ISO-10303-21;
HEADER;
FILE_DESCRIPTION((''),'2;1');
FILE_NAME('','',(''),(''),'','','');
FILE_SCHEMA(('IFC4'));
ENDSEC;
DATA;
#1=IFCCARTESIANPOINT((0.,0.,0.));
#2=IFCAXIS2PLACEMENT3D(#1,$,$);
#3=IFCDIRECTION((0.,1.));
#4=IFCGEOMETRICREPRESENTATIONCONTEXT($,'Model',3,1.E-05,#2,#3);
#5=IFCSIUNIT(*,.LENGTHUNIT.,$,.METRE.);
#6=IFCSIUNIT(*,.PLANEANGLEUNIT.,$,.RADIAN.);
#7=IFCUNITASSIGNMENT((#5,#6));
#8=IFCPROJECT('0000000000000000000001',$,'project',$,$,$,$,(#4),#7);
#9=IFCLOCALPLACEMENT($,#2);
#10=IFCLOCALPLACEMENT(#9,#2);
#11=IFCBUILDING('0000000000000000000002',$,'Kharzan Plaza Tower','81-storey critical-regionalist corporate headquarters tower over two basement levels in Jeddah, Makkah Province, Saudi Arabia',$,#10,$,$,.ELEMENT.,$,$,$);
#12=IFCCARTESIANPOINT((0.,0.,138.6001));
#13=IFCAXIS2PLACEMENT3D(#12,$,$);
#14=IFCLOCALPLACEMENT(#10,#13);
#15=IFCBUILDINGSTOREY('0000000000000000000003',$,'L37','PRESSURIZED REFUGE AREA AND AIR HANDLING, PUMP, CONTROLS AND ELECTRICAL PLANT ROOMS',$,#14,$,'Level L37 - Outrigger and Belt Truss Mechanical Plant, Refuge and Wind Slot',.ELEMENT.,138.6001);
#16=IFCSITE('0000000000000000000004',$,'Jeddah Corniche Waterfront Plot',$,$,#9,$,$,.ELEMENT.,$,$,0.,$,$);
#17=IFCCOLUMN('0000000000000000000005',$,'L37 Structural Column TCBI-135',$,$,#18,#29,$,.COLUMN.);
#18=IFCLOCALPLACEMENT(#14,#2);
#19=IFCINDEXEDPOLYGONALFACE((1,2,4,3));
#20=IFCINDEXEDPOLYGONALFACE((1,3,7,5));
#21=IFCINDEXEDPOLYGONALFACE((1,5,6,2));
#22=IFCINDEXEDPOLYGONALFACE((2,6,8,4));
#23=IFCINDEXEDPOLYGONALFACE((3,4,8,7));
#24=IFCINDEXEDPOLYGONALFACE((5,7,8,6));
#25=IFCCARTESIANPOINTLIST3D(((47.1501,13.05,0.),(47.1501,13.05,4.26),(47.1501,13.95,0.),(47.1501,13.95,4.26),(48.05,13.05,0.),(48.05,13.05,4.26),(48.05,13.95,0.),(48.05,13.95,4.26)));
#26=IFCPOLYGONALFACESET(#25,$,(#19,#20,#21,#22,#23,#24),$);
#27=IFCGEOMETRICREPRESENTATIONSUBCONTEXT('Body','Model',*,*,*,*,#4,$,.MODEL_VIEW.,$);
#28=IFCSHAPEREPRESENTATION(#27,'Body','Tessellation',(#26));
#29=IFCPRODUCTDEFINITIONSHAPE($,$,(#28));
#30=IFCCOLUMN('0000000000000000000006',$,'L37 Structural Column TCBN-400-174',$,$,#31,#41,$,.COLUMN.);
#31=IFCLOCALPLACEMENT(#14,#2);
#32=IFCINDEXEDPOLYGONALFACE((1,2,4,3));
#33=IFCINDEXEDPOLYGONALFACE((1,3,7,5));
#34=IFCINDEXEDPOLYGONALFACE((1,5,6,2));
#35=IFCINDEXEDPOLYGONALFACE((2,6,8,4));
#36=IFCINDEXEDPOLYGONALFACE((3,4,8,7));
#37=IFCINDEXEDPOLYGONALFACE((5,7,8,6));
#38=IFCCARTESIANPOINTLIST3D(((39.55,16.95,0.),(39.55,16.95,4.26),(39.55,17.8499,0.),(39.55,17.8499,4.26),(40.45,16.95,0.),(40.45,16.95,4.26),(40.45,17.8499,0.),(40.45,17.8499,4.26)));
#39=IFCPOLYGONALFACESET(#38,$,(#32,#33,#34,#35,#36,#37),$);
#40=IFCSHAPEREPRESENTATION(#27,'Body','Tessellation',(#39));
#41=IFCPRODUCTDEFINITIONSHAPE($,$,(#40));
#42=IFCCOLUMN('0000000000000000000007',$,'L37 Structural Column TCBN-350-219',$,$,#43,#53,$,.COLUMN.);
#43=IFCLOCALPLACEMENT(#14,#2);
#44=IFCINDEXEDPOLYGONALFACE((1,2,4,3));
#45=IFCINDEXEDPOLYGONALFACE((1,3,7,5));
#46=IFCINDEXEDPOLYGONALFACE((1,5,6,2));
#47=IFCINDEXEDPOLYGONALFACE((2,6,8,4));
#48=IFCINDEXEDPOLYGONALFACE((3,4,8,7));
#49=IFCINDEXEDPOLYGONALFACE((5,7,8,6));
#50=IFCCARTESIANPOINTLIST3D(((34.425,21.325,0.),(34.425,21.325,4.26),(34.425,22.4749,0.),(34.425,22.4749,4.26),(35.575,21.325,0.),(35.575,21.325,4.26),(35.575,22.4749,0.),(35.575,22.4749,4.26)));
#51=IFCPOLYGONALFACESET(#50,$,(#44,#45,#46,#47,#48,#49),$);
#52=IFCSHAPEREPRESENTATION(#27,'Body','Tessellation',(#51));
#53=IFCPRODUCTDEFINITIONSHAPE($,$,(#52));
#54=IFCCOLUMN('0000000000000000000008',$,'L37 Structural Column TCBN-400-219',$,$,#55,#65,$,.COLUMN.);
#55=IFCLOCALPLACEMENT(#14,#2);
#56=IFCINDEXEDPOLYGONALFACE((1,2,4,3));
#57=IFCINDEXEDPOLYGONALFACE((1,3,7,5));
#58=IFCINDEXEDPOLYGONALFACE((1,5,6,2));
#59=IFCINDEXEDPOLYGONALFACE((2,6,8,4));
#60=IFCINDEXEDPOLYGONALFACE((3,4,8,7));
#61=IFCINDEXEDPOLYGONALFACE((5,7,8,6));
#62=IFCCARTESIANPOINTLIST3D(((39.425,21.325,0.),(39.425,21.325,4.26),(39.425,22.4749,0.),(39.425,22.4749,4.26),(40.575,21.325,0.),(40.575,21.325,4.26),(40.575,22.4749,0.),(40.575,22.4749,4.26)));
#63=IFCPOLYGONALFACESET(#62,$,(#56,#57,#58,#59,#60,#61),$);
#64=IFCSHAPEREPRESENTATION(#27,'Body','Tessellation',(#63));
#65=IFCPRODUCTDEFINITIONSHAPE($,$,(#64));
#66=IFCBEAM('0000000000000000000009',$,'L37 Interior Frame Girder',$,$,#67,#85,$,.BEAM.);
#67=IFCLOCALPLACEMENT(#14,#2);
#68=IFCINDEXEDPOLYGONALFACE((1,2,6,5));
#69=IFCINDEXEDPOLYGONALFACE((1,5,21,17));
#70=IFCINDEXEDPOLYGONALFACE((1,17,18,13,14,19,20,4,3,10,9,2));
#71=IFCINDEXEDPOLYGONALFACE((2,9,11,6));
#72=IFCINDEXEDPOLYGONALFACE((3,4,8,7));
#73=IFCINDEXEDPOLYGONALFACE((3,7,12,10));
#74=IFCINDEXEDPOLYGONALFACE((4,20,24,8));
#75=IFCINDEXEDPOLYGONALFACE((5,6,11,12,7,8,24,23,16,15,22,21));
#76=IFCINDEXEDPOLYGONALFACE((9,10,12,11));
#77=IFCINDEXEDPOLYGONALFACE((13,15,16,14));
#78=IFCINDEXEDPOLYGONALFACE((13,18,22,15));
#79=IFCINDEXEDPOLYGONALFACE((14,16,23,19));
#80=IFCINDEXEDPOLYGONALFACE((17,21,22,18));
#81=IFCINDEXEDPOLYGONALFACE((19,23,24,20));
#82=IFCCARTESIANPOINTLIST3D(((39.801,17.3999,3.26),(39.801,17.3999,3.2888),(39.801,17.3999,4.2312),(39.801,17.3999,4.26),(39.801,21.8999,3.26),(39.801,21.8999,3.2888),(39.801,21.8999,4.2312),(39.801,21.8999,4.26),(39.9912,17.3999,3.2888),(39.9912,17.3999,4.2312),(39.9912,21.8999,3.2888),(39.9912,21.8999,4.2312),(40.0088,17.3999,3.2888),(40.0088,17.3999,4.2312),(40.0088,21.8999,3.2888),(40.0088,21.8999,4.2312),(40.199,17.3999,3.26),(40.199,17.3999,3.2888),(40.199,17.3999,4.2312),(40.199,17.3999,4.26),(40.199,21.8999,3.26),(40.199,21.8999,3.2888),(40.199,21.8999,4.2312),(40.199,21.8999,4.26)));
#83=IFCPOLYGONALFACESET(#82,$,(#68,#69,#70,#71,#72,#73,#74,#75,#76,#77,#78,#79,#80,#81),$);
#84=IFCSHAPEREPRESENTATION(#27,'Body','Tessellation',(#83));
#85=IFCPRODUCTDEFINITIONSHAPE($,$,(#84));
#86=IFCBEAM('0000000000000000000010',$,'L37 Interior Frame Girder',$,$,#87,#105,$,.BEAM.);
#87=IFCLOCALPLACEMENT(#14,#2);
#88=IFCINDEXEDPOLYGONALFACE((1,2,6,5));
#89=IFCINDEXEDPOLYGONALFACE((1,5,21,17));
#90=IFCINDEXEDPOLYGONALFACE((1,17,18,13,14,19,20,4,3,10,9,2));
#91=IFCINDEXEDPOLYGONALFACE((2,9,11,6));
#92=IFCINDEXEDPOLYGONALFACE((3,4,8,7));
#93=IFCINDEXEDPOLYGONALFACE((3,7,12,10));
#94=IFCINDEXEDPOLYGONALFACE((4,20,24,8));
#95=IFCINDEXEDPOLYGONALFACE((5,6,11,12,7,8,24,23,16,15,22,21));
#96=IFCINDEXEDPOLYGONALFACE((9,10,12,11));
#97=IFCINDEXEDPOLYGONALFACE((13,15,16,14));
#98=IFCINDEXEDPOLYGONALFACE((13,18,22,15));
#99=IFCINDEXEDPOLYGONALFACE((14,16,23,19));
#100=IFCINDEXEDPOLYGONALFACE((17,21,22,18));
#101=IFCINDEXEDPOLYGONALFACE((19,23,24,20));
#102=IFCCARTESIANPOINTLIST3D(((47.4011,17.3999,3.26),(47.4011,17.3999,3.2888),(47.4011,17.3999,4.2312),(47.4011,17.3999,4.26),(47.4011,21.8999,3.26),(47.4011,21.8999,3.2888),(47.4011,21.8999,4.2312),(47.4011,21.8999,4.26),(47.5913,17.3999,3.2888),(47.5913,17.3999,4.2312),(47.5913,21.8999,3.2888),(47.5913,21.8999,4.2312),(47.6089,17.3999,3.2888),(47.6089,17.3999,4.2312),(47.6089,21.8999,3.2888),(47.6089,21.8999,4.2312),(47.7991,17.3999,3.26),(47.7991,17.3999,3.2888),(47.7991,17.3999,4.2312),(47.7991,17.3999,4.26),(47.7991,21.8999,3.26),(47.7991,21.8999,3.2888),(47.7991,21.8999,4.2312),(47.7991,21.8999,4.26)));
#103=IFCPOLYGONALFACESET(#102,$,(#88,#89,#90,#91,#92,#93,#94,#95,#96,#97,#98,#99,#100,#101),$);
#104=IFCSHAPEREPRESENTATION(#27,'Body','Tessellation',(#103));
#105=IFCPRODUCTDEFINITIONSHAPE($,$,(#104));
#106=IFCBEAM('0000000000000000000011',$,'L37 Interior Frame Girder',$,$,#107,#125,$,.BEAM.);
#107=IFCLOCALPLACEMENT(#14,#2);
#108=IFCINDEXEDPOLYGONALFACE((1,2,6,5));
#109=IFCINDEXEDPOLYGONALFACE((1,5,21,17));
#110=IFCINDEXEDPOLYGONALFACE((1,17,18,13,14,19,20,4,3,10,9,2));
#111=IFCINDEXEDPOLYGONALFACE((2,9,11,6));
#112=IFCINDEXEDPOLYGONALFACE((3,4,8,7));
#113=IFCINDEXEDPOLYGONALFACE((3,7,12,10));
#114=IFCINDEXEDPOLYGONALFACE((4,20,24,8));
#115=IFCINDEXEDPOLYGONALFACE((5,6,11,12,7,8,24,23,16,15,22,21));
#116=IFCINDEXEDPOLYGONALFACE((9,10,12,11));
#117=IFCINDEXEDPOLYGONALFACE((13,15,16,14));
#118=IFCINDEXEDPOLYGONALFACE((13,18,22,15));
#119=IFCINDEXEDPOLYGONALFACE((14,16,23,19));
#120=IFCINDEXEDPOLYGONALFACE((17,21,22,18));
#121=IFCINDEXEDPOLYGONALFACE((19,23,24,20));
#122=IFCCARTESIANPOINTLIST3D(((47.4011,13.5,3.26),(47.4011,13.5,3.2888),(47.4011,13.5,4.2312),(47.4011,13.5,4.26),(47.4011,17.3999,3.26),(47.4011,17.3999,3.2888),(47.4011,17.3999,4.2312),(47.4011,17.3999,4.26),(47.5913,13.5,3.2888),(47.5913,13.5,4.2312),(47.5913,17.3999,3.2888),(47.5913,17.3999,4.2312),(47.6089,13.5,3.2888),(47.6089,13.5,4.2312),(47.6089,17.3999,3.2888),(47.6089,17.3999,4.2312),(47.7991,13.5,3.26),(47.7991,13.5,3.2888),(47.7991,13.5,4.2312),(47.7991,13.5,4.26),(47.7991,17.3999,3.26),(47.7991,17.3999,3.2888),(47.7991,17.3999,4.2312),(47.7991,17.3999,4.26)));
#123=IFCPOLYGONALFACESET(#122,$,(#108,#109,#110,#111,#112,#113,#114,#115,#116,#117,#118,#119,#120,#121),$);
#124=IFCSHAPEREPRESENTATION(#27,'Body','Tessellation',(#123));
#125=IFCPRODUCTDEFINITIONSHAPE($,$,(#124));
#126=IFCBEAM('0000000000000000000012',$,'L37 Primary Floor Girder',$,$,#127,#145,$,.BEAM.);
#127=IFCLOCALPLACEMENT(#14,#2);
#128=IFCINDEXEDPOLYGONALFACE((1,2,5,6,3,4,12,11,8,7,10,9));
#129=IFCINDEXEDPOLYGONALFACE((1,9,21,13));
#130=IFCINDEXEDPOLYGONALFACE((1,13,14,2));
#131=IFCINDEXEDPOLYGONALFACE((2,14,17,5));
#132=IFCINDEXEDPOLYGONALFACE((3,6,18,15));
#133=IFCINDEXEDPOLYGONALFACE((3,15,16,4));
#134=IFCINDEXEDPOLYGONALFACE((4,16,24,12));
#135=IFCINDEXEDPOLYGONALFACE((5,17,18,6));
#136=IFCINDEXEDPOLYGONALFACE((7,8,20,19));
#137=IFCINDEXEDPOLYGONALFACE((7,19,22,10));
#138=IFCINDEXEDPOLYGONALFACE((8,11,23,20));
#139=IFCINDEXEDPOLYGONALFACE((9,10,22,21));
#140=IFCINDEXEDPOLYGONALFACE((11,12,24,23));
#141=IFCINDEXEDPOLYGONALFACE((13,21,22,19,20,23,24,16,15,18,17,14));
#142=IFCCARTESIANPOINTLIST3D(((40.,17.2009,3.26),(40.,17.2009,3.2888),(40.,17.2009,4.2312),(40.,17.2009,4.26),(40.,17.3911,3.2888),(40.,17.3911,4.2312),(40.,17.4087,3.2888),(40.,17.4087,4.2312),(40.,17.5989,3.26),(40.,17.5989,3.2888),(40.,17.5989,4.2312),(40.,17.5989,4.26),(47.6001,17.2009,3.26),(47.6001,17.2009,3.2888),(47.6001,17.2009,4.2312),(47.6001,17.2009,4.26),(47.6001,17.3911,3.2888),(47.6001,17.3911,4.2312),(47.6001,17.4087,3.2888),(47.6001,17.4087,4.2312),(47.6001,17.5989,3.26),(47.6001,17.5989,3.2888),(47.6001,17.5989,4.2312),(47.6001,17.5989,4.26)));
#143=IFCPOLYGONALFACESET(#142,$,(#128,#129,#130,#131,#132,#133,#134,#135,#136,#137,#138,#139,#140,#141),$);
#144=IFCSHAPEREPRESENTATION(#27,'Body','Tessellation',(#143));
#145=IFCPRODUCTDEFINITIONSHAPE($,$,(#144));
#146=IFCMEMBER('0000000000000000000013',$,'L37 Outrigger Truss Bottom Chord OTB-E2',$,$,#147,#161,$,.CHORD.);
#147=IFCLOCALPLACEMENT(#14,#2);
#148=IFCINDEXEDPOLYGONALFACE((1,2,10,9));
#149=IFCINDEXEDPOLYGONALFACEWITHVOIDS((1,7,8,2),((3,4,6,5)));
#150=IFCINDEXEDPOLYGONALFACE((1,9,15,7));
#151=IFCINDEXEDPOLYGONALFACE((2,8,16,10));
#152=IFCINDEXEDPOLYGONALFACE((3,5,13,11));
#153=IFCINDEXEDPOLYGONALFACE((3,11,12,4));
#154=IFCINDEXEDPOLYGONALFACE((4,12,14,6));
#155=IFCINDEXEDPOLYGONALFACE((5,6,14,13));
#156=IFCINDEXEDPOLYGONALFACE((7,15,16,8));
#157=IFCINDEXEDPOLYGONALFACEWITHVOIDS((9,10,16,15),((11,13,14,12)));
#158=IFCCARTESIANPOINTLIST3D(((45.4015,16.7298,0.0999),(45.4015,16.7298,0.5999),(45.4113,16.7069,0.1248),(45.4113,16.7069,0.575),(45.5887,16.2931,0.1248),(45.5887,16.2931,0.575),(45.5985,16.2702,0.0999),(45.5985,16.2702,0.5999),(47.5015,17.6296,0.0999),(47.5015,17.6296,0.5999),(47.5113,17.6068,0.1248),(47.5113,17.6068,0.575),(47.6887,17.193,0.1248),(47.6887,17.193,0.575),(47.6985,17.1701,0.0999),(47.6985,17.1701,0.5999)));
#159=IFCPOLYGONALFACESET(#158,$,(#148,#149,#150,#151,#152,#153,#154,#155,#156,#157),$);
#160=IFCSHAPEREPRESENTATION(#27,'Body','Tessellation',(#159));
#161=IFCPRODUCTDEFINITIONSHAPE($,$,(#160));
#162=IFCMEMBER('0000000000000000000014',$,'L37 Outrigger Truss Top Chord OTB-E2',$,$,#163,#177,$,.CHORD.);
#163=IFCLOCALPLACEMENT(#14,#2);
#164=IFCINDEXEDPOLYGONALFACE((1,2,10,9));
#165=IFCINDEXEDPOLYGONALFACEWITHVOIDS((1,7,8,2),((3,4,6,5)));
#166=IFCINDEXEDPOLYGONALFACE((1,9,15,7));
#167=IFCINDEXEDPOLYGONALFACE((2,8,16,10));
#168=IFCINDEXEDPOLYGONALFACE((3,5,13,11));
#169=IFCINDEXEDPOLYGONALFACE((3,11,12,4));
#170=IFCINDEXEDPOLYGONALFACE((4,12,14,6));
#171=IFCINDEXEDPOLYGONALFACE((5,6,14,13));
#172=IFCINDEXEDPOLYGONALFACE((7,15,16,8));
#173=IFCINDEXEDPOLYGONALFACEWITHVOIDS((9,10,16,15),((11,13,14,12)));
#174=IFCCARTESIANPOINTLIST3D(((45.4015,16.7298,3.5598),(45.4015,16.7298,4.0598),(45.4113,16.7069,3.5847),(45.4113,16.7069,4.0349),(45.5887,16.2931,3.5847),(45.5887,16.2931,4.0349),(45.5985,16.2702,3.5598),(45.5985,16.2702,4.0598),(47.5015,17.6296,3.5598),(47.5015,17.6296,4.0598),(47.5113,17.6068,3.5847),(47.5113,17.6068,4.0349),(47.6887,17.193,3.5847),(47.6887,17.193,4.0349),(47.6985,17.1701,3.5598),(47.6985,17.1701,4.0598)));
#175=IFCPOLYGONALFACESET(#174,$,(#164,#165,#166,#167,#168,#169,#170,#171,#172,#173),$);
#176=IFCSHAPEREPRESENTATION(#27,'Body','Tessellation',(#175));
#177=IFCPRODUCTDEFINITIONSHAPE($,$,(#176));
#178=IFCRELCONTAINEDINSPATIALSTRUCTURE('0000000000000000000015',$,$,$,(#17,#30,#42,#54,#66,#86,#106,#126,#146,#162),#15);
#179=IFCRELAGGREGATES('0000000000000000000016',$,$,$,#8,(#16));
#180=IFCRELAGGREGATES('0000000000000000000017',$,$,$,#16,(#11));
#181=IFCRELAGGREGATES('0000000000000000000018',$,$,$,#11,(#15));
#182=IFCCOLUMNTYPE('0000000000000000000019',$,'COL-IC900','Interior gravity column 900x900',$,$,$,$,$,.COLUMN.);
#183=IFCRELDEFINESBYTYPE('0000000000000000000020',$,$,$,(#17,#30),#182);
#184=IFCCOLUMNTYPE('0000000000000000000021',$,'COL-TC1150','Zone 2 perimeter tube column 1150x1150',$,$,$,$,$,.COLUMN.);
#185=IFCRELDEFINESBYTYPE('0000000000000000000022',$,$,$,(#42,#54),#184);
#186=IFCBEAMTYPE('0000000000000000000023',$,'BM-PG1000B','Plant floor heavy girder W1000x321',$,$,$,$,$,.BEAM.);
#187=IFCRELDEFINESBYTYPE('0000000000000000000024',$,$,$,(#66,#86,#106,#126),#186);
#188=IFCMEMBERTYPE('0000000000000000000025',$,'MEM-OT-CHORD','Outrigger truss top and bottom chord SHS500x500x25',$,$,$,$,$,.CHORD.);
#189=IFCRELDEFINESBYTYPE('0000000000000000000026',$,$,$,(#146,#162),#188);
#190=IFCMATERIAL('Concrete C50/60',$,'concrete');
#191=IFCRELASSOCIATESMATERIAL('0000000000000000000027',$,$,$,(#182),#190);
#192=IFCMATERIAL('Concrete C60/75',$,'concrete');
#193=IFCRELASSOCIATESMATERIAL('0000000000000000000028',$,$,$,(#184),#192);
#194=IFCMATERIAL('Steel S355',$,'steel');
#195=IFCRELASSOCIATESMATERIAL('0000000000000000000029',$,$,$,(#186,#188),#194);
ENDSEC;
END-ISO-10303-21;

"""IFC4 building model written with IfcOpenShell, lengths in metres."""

from ifc_helpers import new_model, si_unit, direction, frame, origin, origin_2d, place, context, subcontext, project, spatial, rectangle, hollow_rectangle, i_section, extrude, source, transform, mapped, material, material_profile, profile_set, type_object, element, save


model = new_model("IFC4")

# Units and contexts
model_context = context("Model", 3, precision=1e-05, world=origin(), true_north=direction((0.0, 1.0)))
body_context = subcontext(model_context, "Body", "Model", "MODEL_VIEW")
ifc_project = project(units=[si_unit("LENGTHUNIT", "METRE"), si_unit("PLANEANGLEUNIT", "RADIAN")], contexts=[model_context])

# Site, building, storey
site_placement = place(None, origin())
site = spatial("IfcSite", under=ifc_project, at=site_placement, Name="Jeddah Corniche Waterfront Plot", CompositionType="ELEMENT", RefElevation=0.0)
building_placement = place(site_placement, origin())
building = spatial("IfcBuilding", under=site, at=building_placement, Name="Kharzan Plaza Tower", Description="81-storey critical-regionalist corporate headquarters tower over two basement levels in Jeddah, Makkah Province, Saudi Arabia", CompositionType="ELEMENT")
storey_placement = place(building_placement, frame((0.0, 0.0, 138.6001)))
storey = spatial("IfcBuildingStorey", under=building, at=storey_placement, Name="L37", Description="PRESSURIZED REFUGE AREA AND AIR HANDLING, PUMP, CONTROLS AND ELECTRICAL PLANT ROOMS", LongName="Level L37 - Outrigger and Belt Truss Mechanical Plant, Refuge and Wind Slot", CompositionType="ELEMENT", Elevation=138.6001)

# Columns
ifc_material_1 = material(Name="Concrete C50/60", Category="concrete")
ifc_material_profile_1 = material_profile(ifc_material_1, rectangle(XDim=0.8999, YDim=0.8999, at=origin_2d()), Name="RC-IC900x900")
ifc_profile_set_1 = profile_set([ifc_material_profile_1], Name="Concrete C50/60")
column_type_1 = type_object("IfcColumnType", Name="COL-IC900", Description="Interior gravity column 900x900", PredefinedType="COLUMN", material=ifc_profile_set_1)
shared_shape_1 = source(origin(), body_context, "Body", "SweptSolid", [
    extrude(rectangle(XDim=0.8999, YDim=0.8999, at=origin_2d()), origin(), (0.0, 0.0, 1.0), 4.26),
])
for number, where, z_axis, x_axis, name in (
    (1, (47.6001, 13.5, 0.0), (0.0, 0.0, 1.0), (1.0, 0.0, 0.0), "L37 Structural Column TCBI-135"),
    (2, (40.0, 17.3999, 0.0), (0.0, 0.0, 1.0), (1.0, 0.0, 0.0), "L37 Structural Column TCBN-400-174"),
):
    element("IfcColumn", number, at=place(storey_placement, frame(where, z_axis=z_axis, x_axis=x_axis)), inside=storey, type_object=column_type_1, Name=name, PredefinedType="COLUMN", context=body_context, shape_type="MappedRepresentation", body=[
        mapped(shared_shape_1, transform((0.0, 0.0, 0.0), x_axis=(1.0, 0.0, 0.0), y_axis=(0.0, 1.0, 0.0), z_axis=(0.0, 0.0, 1.0))),
    ])
ifc_material_2 = material(Name="Concrete C60/75", Category="concrete")
ifc_material_profile_2 = material_profile(ifc_material_2, rectangle(XDim=1.1499, YDim=1.1499, at=origin_2d()), Name="RC-TC1150x1150")
ifc_profile_set_2 = profile_set([ifc_material_profile_2], Name="Concrete C60/75")
column_type_2 = type_object("IfcColumnType", Name="COL-TC1150", Description="Zone 2 perimeter tube column 1150x1150", PredefinedType="COLUMN", material=ifc_profile_set_2)
shared_shape_2 = source(origin(), body_context, "Body", "SweptSolid", [
    extrude(rectangle(XDim=1.1499, YDim=1.1499, at=origin_2d()), origin(), (0.0, 0.0, 1.0), 4.26),
])
for number, where, z_axis, x_axis, name in (
    (3, (35.0, 21.8999, 0.0), (0.0, 0.0, 1.0), (1.0, 0.0, 0.0), "L37 Structural Column TCBN-350-219"),
    (4, (40.0, 21.8999, 0.0), (0.0, 0.0, 1.0), (1.0, 0.0, 0.0), "L37 Structural Column TCBN-400-219"),
):
    element("IfcColumn", number, at=place(storey_placement, frame(where, z_axis=z_axis, x_axis=x_axis)), inside=storey, type_object=column_type_2, Name=name, PredefinedType="COLUMN", context=body_context, shape_type="MappedRepresentation", body=[
        mapped(shared_shape_2, transform((0.0, 0.0, 0.0), x_axis=(1.0, 0.0, 0.0), y_axis=(0.0, 1.0, 0.0), z_axis=(0.0, 0.0, 1.0))),
    ])

# Beams
ifc_material_3 = material(Name="Steel S355", Category="steel")
ifc_material_profile_3 = material_profile(ifc_material_3, i_section(OverallWidth=0.3979, OverallDepth=1.0, WebThickness=0.0176, FlangeThickness=0.0288, at=origin_2d()), Name="W1000x321")
ifc_profile_set_3 = profile_set([ifc_material_profile_3], Name="Steel S355")
beam_type_1 = type_object("IfcBeamType", Name="BM-PG1000B", Description="Plant floor heavy girder W1000x321", PredefinedType="BEAM", material=ifc_profile_set_3)
shared_shape_3 = source(origin(), body_context, "Body", "SweptSolid", [
    extrude(i_section(OverallWidth=0.3979, OverallDepth=1.0, WebThickness=0.0176, FlangeThickness=0.0288, at=origin_2d()), origin(), (0.0, 0.0, 1.0), 4.5),
])
for number, where, z_axis, x_axis, name in (
    (5, (40.0, 17.3999, 3.76), (0.0, 1.0, 0.0), (-1.0, 0.0, 0.0), "L37 Interior Frame Girder"),
    (6, (47.6001, 17.3999, 3.76), (0.0, 1.0, 0.0), (-1.0, 0.0, 0.0), "L37 Interior Frame Girder"),
):
    element("IfcBeam", number, at=place(storey_placement, frame(where, z_axis=z_axis, x_axis=x_axis)), inside=storey, type_object=beam_type_1, Name=name, PredefinedType="BEAM", context=body_context, shape_type="MappedRepresentation", body=[
        mapped(shared_shape_3, transform((0.0, 0.0, 0.0), x_axis=(1.0, 0.0, 0.0), y_axis=(0.0, 1.0, 0.0), z_axis=(0.0, 0.0, 1.0))),
    ])
shared_shape_4 = source(origin(), body_context, "Body", "SweptSolid", [
    extrude(i_section(OverallWidth=0.3979, OverallDepth=1.0, WebThickness=0.0176, FlangeThickness=0.0288, at=origin_2d()), origin(), (0.0, 0.0, 1.0), 3.8999),
])
beam_1_placement = place(storey_placement, frame((47.6001, 13.5, 3.76), z_axis=(0.0, 1.0, 0.0), x_axis=(-1.0, 0.0, 0.0)))
element("IfcBeam", 7, at=beam_1_placement, inside=storey, type_object=beam_type_1, Name="L37 Interior Frame Girder", PredefinedType="BEAM", context=body_context, shape_type="MappedRepresentation", body=[
    mapped(shared_shape_4, transform((0.0, 0.0, 0.0), x_axis=(1.0, 0.0, 0.0), y_axis=(0.0, 1.0, 0.0), z_axis=(0.0, 0.0, 1.0))),
])
shared_shape_5 = source(origin(), body_context, "Body", "SweptSolid", [
    extrude(i_section(OverallWidth=0.3979, OverallDepth=1.0, WebThickness=0.0176, FlangeThickness=0.0288, at=origin_2d()), origin(), (0.0, 0.0, 1.0), 7.6001),
])
beam_2_placement = place(storey_placement, frame((40.0, 17.3999, 3.76), z_axis=(1.0, 0.0, 0.0), x_axis=(0.0, 1.0, 0.0)))
element("IfcBeam", 8, at=beam_2_placement, inside=storey, type_object=beam_type_1, Name="L37 Primary Floor Girder", PredefinedType="BEAM", context=body_context, shape_type="MappedRepresentation", body=[
    mapped(shared_shape_5, transform((0.0, 0.0, 0.0), x_axis=(1.0, 0.0, 0.0), y_axis=(0.0, 1.0, 0.0), z_axis=(0.0, 0.0, 1.0))),
])

# Members
ifc_material_profile_4 = material_profile(ifc_material_3, hollow_rectangle(XDim=0.5, YDim=0.5, WallThickness=0.0249, at=origin_2d()), Name="SHS500x500x25")
ifc_profile_set_4 = profile_set([ifc_material_profile_4], Name="Steel S355")
member_type_1 = type_object("IfcMemberType", Name="MEM-OT-CHORD", Description="Outrigger truss top and bottom chord SHS500x500x25", PredefinedType="CHORD", material=ifc_profile_set_4)
shared_shape_6 = source(origin(), body_context, "Body", "SweptSolid", [
    extrude(hollow_rectangle(XDim=0.5, YDim=0.5, WallThickness=0.0249, at=origin_2d()), origin(), (0.0, 0.0, 1.0), 2.2847),
])
for number, where, z_axis, x_axis, name in (
    (9, (45.5, 16.5, 0.3499), (0.919167, 0.393868, 0.0), (-0.393868, 0.919167, 0.0), "L37 Outrigger Truss Bottom Chord OTB-E2"),
    (10, (45.5, 16.5, 3.8098), (0.919167, 0.393868, 0.0), (-0.393868, 0.919167, 0.0), "L37 Outrigger Truss Top Chord OTB-E2"),
):
    element("IfcMember", number, at=place(storey_placement, frame(where, z_axis=z_axis, x_axis=x_axis)), inside=storey, type_object=member_type_1, Name=name, PredefinedType="CHORD", context=body_context, shape_type="MappedRepresentation", body=[
        mapped(shared_shape_6, transform((0.0, 0.0, 0.0), x_axis=(1.0, 0.0, 0.0), y_axis=(0.0, 1.0, 0.0), z_axis=(0.0, 0.0, 1.0))),
    ])

save(model, "model.ifc")
